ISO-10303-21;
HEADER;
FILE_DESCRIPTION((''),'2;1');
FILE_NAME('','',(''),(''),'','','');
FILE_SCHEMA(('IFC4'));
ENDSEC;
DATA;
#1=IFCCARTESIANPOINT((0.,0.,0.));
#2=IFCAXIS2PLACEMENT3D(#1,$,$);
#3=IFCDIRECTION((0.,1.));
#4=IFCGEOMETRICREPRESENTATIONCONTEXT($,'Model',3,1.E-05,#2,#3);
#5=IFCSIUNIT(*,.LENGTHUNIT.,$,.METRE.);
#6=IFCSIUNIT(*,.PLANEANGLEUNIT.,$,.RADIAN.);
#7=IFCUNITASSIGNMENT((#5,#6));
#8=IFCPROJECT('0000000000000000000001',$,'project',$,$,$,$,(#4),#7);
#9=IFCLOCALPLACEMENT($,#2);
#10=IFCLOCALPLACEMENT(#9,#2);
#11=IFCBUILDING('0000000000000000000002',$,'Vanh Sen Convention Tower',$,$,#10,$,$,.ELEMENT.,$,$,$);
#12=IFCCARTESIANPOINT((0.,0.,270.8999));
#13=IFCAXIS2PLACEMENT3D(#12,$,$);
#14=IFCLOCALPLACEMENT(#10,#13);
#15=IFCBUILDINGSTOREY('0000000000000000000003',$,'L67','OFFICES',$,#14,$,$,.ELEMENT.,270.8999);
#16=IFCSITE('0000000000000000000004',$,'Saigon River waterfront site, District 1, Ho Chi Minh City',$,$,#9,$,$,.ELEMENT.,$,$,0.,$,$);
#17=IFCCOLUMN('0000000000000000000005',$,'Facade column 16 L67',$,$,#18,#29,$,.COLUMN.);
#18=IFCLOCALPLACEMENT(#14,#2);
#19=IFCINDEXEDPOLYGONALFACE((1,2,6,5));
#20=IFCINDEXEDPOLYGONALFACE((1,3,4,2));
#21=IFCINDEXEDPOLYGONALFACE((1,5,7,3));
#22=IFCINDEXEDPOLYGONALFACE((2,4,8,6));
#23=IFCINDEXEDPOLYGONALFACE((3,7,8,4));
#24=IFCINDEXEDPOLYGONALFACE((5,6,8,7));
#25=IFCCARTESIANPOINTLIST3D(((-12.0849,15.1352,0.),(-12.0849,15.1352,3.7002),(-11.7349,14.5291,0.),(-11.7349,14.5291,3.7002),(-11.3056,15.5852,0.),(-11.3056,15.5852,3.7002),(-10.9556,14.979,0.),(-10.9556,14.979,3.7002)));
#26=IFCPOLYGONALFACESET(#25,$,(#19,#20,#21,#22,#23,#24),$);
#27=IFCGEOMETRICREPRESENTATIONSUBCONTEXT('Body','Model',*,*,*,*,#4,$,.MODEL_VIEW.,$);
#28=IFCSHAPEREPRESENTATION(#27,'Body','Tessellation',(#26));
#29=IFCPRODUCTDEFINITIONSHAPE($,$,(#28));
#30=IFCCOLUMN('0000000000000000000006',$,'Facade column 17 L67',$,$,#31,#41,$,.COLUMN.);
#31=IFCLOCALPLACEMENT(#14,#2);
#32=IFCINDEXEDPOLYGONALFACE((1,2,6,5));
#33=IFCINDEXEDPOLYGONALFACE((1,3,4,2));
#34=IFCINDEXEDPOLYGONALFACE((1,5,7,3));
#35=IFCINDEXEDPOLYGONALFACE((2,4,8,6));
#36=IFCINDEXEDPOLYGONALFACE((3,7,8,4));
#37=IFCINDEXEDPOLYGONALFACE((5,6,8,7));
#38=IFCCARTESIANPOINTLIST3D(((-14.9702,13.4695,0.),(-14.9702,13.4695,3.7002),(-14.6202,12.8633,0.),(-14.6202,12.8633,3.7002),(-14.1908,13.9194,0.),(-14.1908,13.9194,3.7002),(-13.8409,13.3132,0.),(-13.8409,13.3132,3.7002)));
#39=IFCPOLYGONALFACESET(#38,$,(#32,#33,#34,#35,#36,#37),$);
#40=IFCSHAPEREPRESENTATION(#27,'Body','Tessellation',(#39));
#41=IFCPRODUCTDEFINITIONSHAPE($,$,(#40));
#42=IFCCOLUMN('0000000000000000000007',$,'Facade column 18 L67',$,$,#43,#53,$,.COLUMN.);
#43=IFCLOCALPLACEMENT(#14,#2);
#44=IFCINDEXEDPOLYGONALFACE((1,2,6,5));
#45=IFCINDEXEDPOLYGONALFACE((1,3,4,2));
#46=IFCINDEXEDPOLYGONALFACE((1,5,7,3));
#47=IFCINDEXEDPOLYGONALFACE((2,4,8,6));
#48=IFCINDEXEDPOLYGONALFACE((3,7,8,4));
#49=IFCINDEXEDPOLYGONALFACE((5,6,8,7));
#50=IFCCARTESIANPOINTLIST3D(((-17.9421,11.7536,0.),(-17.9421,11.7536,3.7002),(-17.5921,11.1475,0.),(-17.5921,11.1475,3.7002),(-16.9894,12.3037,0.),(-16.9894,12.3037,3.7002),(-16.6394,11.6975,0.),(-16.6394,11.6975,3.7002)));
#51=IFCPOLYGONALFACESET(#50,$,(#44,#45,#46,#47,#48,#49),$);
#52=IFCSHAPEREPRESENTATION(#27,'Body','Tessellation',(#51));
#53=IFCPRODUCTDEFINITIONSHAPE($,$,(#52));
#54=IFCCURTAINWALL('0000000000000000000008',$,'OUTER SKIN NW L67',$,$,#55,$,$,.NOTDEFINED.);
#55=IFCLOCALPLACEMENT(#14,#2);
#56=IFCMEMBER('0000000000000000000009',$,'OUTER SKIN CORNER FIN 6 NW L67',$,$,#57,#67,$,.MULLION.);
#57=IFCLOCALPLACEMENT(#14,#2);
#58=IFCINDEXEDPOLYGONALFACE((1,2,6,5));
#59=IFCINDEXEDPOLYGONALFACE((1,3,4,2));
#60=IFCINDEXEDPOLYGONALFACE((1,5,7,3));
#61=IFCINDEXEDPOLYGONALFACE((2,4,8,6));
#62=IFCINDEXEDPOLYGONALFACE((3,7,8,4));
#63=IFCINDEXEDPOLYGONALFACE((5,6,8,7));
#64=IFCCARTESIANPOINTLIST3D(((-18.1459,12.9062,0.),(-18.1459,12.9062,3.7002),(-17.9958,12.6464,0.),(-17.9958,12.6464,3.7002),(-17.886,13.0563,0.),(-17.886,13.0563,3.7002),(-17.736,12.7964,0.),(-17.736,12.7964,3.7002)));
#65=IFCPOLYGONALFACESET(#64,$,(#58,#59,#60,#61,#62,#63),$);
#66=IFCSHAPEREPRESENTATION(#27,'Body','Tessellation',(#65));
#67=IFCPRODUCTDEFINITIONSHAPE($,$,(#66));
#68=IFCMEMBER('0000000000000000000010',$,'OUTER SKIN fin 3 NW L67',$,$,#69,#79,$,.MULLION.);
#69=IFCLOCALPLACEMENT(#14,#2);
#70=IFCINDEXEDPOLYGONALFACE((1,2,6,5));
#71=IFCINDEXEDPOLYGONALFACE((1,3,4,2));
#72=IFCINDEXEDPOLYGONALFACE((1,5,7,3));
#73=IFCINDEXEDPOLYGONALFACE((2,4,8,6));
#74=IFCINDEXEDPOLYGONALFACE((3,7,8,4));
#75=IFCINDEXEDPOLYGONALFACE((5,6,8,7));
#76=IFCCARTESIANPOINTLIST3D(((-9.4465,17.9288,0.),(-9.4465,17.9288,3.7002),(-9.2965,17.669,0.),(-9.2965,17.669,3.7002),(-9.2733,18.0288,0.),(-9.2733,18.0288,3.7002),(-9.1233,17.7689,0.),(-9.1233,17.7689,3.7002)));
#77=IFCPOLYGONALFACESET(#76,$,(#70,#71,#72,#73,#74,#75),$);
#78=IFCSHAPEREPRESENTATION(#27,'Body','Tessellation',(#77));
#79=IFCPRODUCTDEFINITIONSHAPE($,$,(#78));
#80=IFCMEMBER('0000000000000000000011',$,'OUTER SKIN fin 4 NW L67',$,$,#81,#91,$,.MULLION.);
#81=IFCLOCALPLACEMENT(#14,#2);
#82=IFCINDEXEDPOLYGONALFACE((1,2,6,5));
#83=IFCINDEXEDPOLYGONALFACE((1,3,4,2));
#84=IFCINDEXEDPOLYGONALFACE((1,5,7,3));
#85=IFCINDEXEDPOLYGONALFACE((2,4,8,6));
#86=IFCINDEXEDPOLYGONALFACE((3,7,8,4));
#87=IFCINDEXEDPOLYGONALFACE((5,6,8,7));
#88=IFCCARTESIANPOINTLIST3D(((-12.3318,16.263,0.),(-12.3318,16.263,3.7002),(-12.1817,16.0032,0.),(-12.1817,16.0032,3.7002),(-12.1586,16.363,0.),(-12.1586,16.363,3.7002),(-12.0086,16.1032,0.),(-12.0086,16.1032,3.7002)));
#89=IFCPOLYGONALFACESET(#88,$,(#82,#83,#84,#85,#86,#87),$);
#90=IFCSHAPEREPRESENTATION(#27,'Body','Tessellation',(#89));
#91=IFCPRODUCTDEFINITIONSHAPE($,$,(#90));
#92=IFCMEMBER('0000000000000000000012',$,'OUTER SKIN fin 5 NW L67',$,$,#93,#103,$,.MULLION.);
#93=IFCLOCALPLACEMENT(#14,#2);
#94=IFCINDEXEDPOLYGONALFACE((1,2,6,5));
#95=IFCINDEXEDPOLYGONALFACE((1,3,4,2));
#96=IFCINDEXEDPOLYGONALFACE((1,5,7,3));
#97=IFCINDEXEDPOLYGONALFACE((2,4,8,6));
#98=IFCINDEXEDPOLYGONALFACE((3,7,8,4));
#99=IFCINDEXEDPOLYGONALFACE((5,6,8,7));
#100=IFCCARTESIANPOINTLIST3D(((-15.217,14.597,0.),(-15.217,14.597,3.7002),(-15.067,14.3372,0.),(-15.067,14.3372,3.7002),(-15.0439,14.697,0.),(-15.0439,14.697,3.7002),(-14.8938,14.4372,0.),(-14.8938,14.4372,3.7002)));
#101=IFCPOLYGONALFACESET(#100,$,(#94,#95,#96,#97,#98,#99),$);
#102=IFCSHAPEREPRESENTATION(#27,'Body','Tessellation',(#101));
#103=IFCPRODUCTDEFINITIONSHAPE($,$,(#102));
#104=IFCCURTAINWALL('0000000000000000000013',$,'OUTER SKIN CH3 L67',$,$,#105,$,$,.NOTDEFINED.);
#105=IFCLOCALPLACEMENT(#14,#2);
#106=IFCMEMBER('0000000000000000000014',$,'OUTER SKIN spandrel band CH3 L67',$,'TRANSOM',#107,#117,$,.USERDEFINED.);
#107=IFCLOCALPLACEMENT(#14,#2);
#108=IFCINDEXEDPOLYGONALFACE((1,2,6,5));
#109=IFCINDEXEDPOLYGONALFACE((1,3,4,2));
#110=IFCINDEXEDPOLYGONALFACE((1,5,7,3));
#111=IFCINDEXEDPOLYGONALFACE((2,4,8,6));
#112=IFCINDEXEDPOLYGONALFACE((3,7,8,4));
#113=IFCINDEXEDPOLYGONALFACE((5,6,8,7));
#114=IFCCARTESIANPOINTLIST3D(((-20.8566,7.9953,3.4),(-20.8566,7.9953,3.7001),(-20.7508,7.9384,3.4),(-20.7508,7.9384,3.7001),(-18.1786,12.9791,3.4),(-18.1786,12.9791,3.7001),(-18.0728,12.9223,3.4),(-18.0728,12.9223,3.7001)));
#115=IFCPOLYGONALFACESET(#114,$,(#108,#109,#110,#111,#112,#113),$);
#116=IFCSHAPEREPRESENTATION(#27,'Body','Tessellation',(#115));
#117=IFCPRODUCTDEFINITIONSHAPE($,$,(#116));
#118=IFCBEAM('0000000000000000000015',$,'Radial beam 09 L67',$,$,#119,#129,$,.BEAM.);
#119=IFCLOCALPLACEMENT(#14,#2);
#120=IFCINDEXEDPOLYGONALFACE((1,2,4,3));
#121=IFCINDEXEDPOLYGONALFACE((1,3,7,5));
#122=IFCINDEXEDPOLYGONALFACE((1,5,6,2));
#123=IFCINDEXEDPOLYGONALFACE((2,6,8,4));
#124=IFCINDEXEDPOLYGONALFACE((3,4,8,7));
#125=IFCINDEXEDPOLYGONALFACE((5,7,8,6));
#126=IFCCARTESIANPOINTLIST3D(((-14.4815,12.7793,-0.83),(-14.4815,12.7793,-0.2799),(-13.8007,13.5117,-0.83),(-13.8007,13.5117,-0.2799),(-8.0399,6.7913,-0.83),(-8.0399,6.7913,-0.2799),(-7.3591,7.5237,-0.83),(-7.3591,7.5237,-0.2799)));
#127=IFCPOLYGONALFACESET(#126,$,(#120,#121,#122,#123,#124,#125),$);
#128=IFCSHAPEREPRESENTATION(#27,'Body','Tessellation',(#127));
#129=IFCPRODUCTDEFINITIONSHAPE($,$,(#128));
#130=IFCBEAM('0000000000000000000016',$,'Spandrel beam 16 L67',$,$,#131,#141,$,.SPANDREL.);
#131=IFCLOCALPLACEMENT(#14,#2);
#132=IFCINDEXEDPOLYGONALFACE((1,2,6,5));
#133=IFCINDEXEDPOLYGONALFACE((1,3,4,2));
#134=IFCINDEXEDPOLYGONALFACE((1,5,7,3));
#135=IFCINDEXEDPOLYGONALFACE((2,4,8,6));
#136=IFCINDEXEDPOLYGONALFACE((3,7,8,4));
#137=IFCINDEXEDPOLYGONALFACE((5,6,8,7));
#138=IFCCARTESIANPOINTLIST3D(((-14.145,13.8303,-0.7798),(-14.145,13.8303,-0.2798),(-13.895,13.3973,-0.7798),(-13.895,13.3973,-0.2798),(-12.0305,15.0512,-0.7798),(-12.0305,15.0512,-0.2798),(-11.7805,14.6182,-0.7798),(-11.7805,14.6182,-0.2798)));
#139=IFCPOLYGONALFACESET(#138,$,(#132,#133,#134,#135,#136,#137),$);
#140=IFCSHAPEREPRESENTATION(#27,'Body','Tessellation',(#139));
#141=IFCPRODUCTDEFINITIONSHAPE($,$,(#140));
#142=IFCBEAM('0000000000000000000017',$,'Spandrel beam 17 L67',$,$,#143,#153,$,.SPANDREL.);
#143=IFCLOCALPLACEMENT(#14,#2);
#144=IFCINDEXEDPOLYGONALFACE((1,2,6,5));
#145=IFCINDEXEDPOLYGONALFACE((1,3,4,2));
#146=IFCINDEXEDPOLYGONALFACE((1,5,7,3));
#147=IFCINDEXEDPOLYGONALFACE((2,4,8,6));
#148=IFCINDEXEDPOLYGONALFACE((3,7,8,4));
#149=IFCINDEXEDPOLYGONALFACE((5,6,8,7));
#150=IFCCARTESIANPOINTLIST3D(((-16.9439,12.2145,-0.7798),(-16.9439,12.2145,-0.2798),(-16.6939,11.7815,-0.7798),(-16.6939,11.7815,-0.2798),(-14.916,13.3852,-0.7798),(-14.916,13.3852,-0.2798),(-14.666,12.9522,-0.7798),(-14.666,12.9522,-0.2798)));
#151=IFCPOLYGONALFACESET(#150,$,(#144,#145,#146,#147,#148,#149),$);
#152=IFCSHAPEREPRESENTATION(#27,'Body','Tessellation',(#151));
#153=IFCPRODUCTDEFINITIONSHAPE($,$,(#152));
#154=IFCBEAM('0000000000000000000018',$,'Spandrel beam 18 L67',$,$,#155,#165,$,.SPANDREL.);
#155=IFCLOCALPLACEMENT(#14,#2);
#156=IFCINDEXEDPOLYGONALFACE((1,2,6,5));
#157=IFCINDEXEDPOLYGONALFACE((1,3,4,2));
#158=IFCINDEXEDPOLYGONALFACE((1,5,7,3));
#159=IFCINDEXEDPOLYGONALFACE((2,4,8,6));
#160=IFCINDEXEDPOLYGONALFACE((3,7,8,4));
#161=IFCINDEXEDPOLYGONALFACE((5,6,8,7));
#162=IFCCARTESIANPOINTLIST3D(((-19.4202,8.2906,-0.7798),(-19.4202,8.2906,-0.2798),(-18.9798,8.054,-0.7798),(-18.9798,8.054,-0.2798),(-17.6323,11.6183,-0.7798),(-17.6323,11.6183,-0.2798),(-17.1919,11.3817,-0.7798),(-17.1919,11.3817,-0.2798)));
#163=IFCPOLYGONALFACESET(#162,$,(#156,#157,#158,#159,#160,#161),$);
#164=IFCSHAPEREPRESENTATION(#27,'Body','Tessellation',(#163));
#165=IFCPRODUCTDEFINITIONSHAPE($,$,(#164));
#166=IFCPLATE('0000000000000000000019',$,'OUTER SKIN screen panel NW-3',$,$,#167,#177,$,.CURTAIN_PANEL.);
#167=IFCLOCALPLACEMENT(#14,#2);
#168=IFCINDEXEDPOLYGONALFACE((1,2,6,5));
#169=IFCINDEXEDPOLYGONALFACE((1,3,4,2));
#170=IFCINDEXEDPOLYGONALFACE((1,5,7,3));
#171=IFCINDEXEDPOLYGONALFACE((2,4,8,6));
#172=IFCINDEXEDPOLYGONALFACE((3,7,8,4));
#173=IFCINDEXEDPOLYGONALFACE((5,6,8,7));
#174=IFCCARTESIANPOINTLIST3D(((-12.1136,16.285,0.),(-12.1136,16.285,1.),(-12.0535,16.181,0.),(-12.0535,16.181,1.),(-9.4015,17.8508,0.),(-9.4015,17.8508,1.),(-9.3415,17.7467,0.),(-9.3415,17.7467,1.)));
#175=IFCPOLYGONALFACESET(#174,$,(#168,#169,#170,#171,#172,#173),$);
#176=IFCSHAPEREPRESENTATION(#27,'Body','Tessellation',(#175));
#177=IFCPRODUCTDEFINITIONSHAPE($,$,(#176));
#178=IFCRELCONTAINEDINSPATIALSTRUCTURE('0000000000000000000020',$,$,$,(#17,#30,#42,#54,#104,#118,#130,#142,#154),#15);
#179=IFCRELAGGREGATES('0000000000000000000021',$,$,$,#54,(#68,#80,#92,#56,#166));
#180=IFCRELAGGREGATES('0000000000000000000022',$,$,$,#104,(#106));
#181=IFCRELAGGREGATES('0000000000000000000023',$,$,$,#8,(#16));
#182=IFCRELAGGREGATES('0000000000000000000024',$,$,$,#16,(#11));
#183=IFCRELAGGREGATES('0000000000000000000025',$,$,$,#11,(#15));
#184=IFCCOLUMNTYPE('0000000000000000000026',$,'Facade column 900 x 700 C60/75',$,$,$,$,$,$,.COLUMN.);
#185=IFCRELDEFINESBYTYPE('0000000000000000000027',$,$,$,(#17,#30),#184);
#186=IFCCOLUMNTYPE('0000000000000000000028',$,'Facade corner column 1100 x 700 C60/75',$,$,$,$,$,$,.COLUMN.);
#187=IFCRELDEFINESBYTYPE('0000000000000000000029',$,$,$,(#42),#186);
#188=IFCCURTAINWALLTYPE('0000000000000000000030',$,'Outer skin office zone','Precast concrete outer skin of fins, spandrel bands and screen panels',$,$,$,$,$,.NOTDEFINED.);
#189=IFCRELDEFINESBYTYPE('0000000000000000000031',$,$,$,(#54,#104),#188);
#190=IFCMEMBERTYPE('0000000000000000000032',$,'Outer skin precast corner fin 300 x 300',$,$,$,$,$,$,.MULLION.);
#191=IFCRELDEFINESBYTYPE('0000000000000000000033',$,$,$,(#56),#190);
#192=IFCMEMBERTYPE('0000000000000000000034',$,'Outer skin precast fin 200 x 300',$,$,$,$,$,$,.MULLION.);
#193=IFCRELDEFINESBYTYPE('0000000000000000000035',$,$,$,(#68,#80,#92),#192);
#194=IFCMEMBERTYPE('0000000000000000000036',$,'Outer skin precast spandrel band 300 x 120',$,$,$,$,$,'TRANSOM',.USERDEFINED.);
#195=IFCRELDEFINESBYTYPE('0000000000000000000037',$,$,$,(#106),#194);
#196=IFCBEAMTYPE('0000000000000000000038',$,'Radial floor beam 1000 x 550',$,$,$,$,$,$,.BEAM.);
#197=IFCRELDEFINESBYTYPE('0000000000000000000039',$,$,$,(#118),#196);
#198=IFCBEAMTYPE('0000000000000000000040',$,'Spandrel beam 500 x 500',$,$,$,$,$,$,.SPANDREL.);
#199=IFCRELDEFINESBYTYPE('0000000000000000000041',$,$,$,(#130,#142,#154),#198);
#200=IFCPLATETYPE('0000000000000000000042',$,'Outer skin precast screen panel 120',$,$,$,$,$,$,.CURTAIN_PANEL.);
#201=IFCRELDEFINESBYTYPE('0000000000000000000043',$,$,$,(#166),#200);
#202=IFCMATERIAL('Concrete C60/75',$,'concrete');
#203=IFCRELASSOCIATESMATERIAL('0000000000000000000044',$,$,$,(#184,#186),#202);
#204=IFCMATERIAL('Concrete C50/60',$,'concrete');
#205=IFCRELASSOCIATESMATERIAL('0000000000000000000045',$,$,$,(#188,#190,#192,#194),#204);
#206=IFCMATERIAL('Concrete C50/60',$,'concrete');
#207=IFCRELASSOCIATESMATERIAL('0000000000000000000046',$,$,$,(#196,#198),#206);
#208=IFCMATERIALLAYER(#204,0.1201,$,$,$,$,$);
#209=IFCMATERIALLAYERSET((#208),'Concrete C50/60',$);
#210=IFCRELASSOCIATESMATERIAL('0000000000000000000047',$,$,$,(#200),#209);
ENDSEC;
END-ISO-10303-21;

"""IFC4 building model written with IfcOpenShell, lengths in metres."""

from ifc_helpers import new_model, si_unit, direction, frame, origin, origin_2d, place, context, subcontext, project, spatial, rectangle, extrude, material, layer, layer_set, material_profile, profile_set, type_object, element, aggregate, save


model = new_model("IFC4")

# Units and contexts
model_context = context("Model", 3, precision=1e-05, world=origin(), true_north=direction((0.0, 1.0)))
body_context = subcontext(model_context, "Body", "Model", "MODEL_VIEW")
ifc_project = project(units=[si_unit("LENGTHUNIT", "METRE"), si_unit("PLANEANGLEUNIT", "RADIAN")], contexts=[model_context])

# Site, building, storey
site_placement = place(None, origin())
site = spatial("IfcSite", under=ifc_project, at=site_placement, Name="Saigon River waterfront site, District 1, Ho Chi Minh City", CompositionType="ELEMENT", RefElevation=0.0)
building_placement = place(site_placement, origin())
building = spatial("IfcBuilding", under=site, at=building_placement, Name="Vanh Sen Convention Tower", CompositionType="ELEMENT")
storey_placement = place(building_placement, frame((0.0, 0.0, 270.8999)))
storey = spatial("IfcBuildingStorey", under=building, at=storey_placement, Name="L67", Description="OFFICES", CompositionType="ELEMENT", Elevation=270.8999)

# Columns
ifc_material_1 = material(Name="Concrete C60/75", Category="concrete")
ifc_material_profile_1 = material_profile(ifc_material_1, rectangle(XDim=0.8999, YDim=0.7, at=origin_2d()), Name="RC 900X700")
ifc_profile_set_1 = profile_set([ifc_material_profile_1], Name="Concrete C60/75")
column_type_1 = type_object("IfcColumnType", Name="Facade column 900 x 700 C60/75", PredefinedType="COLUMN", material=ifc_profile_set_1)
for number, where, z_axis, x_axis, name in (
    (1, (-11.5203, 15.0571, 0.0), (0.0, 0.0, 1.0), (-0.866025, -0.5, 0.0), "Facade column 16 L67"),
    (2, (-14.4055, 13.3914, 0.0), (0.0, 0.0, 1.0), (-0.866025, -0.5, 0.0), "Facade column 17 L67"),
):
    element("IfcColumn", number, at=place(storey_placement, frame(where, z_axis=z_axis, x_axis=x_axis)), inside=storey, type_object=column_type_1, Name=name, PredefinedType="COLUMN", context=body_context, shape_type="SweptSolid", body=[
        extrude(rectangle(XDim=0.8999, YDim=0.7, at=origin_2d()), origin(), (0.0, 0.0, 1.0), 3.7002),
    ])
ifc_material_profile_2 = material_profile(ifc_material_1, rectangle(XDim=1.1001, YDim=0.7, at=origin_2d()), Name="RC 1100X700")
ifc_profile_set_2 = profile_set([ifc_material_profile_2], Name="Concrete C60/75")
column_type_2 = type_object("IfcColumnType", Name="Facade corner column 1100 x 700 C60/75", PredefinedType="COLUMN", material=ifc_profile_set_2)
column_placement = place(storey_placement, frame((-17.2908, 11.7256, 0.0), z_axis=(0.0, 0.0, 1.0), x_axis=(-0.866025, -0.5, 0.0)))
element("IfcColumn", 3, at=column_placement, inside=storey, type_object=column_type_2, Name="Facade column 18 L67", PredefinedType="COLUMN", context=body_context, shape_type="SweptSolid", body=[
    extrude(rectangle(XDim=1.1001, YDim=0.7, at=origin_2d()), origin(), (0.0, 0.0, 1.0), 3.7002),
])

# Curtain wall, members
ifc_material_2 = material(Name="Concrete C50/60", Category="concrete")
curtain_wall_type = type_object("IfcCurtainWallType", Name="Outer skin office zone", Description="Precast concrete outer skin of fins, spandrel bands and screen panels", PredefinedType="NOTDEFINED", material=ifc_material_2)
curtain_wall_1_placement = place(storey_placement, origin())
curtain_wall_1 = element("IfcCurtainWall", 4, at=curtain_wall_1_placement, inside=storey, type_object=curtain_wall_type, Name="OUTER SKIN NW L67", PredefinedType="NOTDEFINED")
ifc_material_profile_3 = material_profile(ifc_material_2, rectangle(XDim=0.3, YDim=0.3, at=origin_2d()), Name="Outer skin precast corner fin 300 x 300")
ifc_profile_set_3 = profile_set([ifc_material_profile_3], Name="Concrete C50/60")
member_type_1 = type_object("IfcMemberType", Name="Outer skin precast corner fin 300 x 300", PredefinedType="MULLION", material=ifc_profile_set_3)
member_1_placement = place(storey_placement, frame((-17.9409, 12.8513, 0.0), z_axis=(0.0, 0.0, 1.0), x_axis=(-0.866025, -0.5, 0.0)))
member_1 = element("IfcMember", 5, at=member_1_placement, type_object=member_type_1, Name="OUTER SKIN CORNER FIN 6 NW L67", PredefinedType="MULLION", context=body_context, shape_type="SweptSolid", body=[
    extrude(rectangle(XDim=0.3, YDim=0.3, at=origin_2d()), origin(), (0.0, 0.0, 1.0), 3.7002),
])
ifc_material_profile_4 = material_profile(ifc_material_2, rectangle(XDim=0.2, YDim=0.3, at=origin_2d()), Name="Outer skin precast fin 200 x 300")
ifc_profile_set_4 = profile_set([ifc_material_profile_4], Name="Concrete C50/60")
member_type_2 = type_object("IfcMemberType", Name="Outer skin precast fin 200 x 300", PredefinedType="MULLION", material=ifc_profile_set_4)
member_2_placement = place(storey_placement, frame((-9.2849, 17.8489, 0.0), z_axis=(0.0, 0.0, 1.0), x_axis=(-0.866025, -0.5, 0.0)))
member_2 = element("IfcMember", 6, at=member_2_placement, type_object=member_type_2, Name="OUTER SKIN fin 3 NW L67", PredefinedType="MULLION", context=body_context, shape_type="SweptSolid", body=[
    extrude(rectangle(XDim=0.2, YDim=0.3, at=origin_2d()), origin(), (0.0, 0.0, 1.0), 3.7002),
])
member_3_placement = place(storey_placement, frame((-12.1702, 16.1831, 0.0), z_axis=(0.0, 0.0, 1.0), x_axis=(-0.866025, -0.5, 0.0)))
member_3 = element("IfcMember", 7, at=member_3_placement, type_object=member_type_2, Name="OUTER SKIN fin 4 NW L67", PredefinedType="MULLION", context=body_context, shape_type="SweptSolid", body=[
    extrude(rectangle(XDim=0.2, YDim=0.3, at=origin_2d()), origin(), (0.0, 0.0, 1.0), 3.7002),
])
member_4_placement = place(storey_placement, frame((-15.0554, 14.5171, 0.0), z_axis=(0.0, 0.0, 1.0), x_axis=(-0.866025, -0.5, 0.0)))
member_4 = element("IfcMember", 8, at=member_4_placement, type_object=member_type_2, Name="OUTER SKIN fin 5 NW L67", PredefinedType="MULLION", context=body_context, shape_type="SweptSolid", body=[
    extrude(rectangle(XDim=0.2, YDim=0.3, at=origin_2d()), origin(), (0.0, 0.0, 1.0), 3.7002),
])

# Curtain wall, member
curtain_wall_2_placement = place(storey_placement, origin())
curtain_wall_2 = element("IfcCurtainWall", 9, at=curtain_wall_2_placement, inside=storey, type_object=curtain_wall_type, Name="OUTER SKIN CH3 L67", PredefinedType="NOTDEFINED")
ifc_material_profile_5 = material_profile(ifc_material_2, rectangle(XDim=0.1201, YDim=0.3, at=origin_2d()), Name="Outer skin precast spandrel band 300 x 120")
ifc_profile_set_5 = profile_set([ifc_material_profile_5], Name="Concrete C50/60")
member_type_3 = type_object("IfcMemberType", Name="Outer skin precast spandrel band 300 x 120", ElementType="TRANSOM", PredefinedType="USERDEFINED", material=ifc_profile_set_5)
member_5_placement = place(storey_placement, frame((-18.1257, 12.9507, 3.55), z_axis=(-0.473325, -0.880888, 0.0), x_axis=(0.880888, -0.473325, 0.0)))
member_5 = element("IfcMember", 10, at=member_5_placement, type_object=member_type_3, Name="OUTER SKIN spandrel band CH3 L67", ObjectType="TRANSOM", PredefinedType="USERDEFINED", context=body_context, shape_type="SweptSolid", body=[
    extrude(rectangle(XDim=0.1201, YDim=0.3, at=origin_2d()), origin(), (0.0, 0.0, 1.0), 5.6577),
])

# Beams
ifc_material_3 = material(Name="Concrete C50/60", Category="concrete")
ifc_material_profile_6 = material_profile(ifc_material_3, rectangle(XDim=1.0, YDim=0.55, at=origin_2d()), Name="RC 1000X550")
ifc_profile_set_6 = profile_set([ifc_material_profile_6], Name="Concrete C50/60")
beam_type_1 = type_object("IfcBeamType", Name="Radial floor beam 1000 x 550", PredefinedType="BEAM", material=ifc_profile_set_6)
beam_1_placement = place(storey_placement, frame((-14.1411, 13.1455, -0.5549), z_axis=(0.732425, -0.680848, 0.0), x_axis=(0.680848, 0.732425, 0.0)))
element("IfcBeam", 11, at=beam_1_placement, inside=storey, type_object=beam_type_1, Name="Radial beam 09 L67", PredefinedType="BEAM", context=body_context, shape_type="SweptSolid", body=[
    extrude(rectangle(XDim=1.0, YDim=0.55, at=origin_2d()), origin(), (0.0, 0.0, 1.0), 8.7949),
])
ifc_material_profile_7 = material_profile(ifc_material_3, rectangle(XDim=0.5, YDim=0.5, at=origin_2d()), Name="RC 500X500")
ifc_profile_set_7 = profile_set([ifc_material_profile_7], Name="Concrete C50/60")
beam_type_2 = type_object("IfcBeamType", Name="Spandrel beam 500 x 500", PredefinedType="SPANDREL", material=ifc_profile_set_7)
beam_2_placement = place(storey_placement, frame((-11.9055, 14.8347, -0.5298), z_axis=(-0.866001, -0.500043, 0.0), x_axis=(0.500043, -0.866001, 0.0)))
element("IfcBeam", 12, at=beam_2_placement, inside=storey, type_object=beam_type_2, Name="Spandrel beam 16 L67", PredefinedType="SPANDREL", context=body_context, shape_type="SweptSolid", body=[
    extrude(rectangle(XDim=0.5, YDim=0.5, at=origin_2d()), origin(), (0.0, 0.0, 1.0), 2.4417),
])
beam_3_placement = place(storey_placement, frame((-14.791, 13.1687, -0.5298), z_axis=(-0.866047, -0.499963, 0.0), x_axis=(0.499963, -0.866047, 0.0)))
element("IfcBeam", 13, at=beam_3_placement, inside=storey, type_object=beam_type_2, Name="Spandrel beam 17 L67", PredefinedType="SPANDREL", context=body_context, shape_type="SweptSolid", body=[
    extrude(rectangle(XDim=0.5, YDim=0.5, at=origin_2d()), origin(), (0.0, 0.0, 1.0), 2.3416),
])
beam_4_placement = place(storey_placement, frame((-17.4121, 11.5, -0.5298), z_axis=(-0.473286, -0.880909, 0.0), x_axis=(0.880909, -0.473286, 0.0)))
element("IfcBeam", 14, at=beam_4_placement, inside=storey, type_object=beam_type_2, Name="Spandrel beam 18 L67", PredefinedType="SPANDREL", context=body_context, shape_type="SweptSolid", body=[
    extrude(rectangle(XDim=0.5, YDim=0.5, at=origin_2d()), origin(), (0.0, 0.0, 1.0), 3.7776),
])

# Plate
ifc_layer_1 = layer(ifc_material_2, 0.1201)
ifc_layer_set_1 = layer_set([ifc_layer_1], Name="Concrete C50/60")
plate_type = type_object("IfcPlateType", Name="Outer skin precast screen panel 120", PredefinedType="CURTAIN_PANEL", material=ifc_layer_set_1)
plate_1_placement = place(storey_placement, frame((-10.7275, 17.0159, 0.0), z_axis=(0.0, 0.0, 1.0), x_axis=(-0.866029, -0.499994, 0.0)))
plate_1 = element("IfcPlate", 15, at=plate_1_placement, type_object=plate_type, Name="OUTER SKIN screen panel NW-3", PredefinedType="CURTAIN_PANEL", context=body_context, shape_type="SweptSolid", body=[
    extrude(rectangle(XDim=3.1316, YDim=0.1201, at=origin_2d()), origin(), (0.0, 0.0, 1.0), 1.0),
])
aggregate(curtain_wall_1, [member_2, member_3, member_4, member_1, plate_1])
aggregate(curtain_wall_2, [member_5])

save(model, "model.ifc")
